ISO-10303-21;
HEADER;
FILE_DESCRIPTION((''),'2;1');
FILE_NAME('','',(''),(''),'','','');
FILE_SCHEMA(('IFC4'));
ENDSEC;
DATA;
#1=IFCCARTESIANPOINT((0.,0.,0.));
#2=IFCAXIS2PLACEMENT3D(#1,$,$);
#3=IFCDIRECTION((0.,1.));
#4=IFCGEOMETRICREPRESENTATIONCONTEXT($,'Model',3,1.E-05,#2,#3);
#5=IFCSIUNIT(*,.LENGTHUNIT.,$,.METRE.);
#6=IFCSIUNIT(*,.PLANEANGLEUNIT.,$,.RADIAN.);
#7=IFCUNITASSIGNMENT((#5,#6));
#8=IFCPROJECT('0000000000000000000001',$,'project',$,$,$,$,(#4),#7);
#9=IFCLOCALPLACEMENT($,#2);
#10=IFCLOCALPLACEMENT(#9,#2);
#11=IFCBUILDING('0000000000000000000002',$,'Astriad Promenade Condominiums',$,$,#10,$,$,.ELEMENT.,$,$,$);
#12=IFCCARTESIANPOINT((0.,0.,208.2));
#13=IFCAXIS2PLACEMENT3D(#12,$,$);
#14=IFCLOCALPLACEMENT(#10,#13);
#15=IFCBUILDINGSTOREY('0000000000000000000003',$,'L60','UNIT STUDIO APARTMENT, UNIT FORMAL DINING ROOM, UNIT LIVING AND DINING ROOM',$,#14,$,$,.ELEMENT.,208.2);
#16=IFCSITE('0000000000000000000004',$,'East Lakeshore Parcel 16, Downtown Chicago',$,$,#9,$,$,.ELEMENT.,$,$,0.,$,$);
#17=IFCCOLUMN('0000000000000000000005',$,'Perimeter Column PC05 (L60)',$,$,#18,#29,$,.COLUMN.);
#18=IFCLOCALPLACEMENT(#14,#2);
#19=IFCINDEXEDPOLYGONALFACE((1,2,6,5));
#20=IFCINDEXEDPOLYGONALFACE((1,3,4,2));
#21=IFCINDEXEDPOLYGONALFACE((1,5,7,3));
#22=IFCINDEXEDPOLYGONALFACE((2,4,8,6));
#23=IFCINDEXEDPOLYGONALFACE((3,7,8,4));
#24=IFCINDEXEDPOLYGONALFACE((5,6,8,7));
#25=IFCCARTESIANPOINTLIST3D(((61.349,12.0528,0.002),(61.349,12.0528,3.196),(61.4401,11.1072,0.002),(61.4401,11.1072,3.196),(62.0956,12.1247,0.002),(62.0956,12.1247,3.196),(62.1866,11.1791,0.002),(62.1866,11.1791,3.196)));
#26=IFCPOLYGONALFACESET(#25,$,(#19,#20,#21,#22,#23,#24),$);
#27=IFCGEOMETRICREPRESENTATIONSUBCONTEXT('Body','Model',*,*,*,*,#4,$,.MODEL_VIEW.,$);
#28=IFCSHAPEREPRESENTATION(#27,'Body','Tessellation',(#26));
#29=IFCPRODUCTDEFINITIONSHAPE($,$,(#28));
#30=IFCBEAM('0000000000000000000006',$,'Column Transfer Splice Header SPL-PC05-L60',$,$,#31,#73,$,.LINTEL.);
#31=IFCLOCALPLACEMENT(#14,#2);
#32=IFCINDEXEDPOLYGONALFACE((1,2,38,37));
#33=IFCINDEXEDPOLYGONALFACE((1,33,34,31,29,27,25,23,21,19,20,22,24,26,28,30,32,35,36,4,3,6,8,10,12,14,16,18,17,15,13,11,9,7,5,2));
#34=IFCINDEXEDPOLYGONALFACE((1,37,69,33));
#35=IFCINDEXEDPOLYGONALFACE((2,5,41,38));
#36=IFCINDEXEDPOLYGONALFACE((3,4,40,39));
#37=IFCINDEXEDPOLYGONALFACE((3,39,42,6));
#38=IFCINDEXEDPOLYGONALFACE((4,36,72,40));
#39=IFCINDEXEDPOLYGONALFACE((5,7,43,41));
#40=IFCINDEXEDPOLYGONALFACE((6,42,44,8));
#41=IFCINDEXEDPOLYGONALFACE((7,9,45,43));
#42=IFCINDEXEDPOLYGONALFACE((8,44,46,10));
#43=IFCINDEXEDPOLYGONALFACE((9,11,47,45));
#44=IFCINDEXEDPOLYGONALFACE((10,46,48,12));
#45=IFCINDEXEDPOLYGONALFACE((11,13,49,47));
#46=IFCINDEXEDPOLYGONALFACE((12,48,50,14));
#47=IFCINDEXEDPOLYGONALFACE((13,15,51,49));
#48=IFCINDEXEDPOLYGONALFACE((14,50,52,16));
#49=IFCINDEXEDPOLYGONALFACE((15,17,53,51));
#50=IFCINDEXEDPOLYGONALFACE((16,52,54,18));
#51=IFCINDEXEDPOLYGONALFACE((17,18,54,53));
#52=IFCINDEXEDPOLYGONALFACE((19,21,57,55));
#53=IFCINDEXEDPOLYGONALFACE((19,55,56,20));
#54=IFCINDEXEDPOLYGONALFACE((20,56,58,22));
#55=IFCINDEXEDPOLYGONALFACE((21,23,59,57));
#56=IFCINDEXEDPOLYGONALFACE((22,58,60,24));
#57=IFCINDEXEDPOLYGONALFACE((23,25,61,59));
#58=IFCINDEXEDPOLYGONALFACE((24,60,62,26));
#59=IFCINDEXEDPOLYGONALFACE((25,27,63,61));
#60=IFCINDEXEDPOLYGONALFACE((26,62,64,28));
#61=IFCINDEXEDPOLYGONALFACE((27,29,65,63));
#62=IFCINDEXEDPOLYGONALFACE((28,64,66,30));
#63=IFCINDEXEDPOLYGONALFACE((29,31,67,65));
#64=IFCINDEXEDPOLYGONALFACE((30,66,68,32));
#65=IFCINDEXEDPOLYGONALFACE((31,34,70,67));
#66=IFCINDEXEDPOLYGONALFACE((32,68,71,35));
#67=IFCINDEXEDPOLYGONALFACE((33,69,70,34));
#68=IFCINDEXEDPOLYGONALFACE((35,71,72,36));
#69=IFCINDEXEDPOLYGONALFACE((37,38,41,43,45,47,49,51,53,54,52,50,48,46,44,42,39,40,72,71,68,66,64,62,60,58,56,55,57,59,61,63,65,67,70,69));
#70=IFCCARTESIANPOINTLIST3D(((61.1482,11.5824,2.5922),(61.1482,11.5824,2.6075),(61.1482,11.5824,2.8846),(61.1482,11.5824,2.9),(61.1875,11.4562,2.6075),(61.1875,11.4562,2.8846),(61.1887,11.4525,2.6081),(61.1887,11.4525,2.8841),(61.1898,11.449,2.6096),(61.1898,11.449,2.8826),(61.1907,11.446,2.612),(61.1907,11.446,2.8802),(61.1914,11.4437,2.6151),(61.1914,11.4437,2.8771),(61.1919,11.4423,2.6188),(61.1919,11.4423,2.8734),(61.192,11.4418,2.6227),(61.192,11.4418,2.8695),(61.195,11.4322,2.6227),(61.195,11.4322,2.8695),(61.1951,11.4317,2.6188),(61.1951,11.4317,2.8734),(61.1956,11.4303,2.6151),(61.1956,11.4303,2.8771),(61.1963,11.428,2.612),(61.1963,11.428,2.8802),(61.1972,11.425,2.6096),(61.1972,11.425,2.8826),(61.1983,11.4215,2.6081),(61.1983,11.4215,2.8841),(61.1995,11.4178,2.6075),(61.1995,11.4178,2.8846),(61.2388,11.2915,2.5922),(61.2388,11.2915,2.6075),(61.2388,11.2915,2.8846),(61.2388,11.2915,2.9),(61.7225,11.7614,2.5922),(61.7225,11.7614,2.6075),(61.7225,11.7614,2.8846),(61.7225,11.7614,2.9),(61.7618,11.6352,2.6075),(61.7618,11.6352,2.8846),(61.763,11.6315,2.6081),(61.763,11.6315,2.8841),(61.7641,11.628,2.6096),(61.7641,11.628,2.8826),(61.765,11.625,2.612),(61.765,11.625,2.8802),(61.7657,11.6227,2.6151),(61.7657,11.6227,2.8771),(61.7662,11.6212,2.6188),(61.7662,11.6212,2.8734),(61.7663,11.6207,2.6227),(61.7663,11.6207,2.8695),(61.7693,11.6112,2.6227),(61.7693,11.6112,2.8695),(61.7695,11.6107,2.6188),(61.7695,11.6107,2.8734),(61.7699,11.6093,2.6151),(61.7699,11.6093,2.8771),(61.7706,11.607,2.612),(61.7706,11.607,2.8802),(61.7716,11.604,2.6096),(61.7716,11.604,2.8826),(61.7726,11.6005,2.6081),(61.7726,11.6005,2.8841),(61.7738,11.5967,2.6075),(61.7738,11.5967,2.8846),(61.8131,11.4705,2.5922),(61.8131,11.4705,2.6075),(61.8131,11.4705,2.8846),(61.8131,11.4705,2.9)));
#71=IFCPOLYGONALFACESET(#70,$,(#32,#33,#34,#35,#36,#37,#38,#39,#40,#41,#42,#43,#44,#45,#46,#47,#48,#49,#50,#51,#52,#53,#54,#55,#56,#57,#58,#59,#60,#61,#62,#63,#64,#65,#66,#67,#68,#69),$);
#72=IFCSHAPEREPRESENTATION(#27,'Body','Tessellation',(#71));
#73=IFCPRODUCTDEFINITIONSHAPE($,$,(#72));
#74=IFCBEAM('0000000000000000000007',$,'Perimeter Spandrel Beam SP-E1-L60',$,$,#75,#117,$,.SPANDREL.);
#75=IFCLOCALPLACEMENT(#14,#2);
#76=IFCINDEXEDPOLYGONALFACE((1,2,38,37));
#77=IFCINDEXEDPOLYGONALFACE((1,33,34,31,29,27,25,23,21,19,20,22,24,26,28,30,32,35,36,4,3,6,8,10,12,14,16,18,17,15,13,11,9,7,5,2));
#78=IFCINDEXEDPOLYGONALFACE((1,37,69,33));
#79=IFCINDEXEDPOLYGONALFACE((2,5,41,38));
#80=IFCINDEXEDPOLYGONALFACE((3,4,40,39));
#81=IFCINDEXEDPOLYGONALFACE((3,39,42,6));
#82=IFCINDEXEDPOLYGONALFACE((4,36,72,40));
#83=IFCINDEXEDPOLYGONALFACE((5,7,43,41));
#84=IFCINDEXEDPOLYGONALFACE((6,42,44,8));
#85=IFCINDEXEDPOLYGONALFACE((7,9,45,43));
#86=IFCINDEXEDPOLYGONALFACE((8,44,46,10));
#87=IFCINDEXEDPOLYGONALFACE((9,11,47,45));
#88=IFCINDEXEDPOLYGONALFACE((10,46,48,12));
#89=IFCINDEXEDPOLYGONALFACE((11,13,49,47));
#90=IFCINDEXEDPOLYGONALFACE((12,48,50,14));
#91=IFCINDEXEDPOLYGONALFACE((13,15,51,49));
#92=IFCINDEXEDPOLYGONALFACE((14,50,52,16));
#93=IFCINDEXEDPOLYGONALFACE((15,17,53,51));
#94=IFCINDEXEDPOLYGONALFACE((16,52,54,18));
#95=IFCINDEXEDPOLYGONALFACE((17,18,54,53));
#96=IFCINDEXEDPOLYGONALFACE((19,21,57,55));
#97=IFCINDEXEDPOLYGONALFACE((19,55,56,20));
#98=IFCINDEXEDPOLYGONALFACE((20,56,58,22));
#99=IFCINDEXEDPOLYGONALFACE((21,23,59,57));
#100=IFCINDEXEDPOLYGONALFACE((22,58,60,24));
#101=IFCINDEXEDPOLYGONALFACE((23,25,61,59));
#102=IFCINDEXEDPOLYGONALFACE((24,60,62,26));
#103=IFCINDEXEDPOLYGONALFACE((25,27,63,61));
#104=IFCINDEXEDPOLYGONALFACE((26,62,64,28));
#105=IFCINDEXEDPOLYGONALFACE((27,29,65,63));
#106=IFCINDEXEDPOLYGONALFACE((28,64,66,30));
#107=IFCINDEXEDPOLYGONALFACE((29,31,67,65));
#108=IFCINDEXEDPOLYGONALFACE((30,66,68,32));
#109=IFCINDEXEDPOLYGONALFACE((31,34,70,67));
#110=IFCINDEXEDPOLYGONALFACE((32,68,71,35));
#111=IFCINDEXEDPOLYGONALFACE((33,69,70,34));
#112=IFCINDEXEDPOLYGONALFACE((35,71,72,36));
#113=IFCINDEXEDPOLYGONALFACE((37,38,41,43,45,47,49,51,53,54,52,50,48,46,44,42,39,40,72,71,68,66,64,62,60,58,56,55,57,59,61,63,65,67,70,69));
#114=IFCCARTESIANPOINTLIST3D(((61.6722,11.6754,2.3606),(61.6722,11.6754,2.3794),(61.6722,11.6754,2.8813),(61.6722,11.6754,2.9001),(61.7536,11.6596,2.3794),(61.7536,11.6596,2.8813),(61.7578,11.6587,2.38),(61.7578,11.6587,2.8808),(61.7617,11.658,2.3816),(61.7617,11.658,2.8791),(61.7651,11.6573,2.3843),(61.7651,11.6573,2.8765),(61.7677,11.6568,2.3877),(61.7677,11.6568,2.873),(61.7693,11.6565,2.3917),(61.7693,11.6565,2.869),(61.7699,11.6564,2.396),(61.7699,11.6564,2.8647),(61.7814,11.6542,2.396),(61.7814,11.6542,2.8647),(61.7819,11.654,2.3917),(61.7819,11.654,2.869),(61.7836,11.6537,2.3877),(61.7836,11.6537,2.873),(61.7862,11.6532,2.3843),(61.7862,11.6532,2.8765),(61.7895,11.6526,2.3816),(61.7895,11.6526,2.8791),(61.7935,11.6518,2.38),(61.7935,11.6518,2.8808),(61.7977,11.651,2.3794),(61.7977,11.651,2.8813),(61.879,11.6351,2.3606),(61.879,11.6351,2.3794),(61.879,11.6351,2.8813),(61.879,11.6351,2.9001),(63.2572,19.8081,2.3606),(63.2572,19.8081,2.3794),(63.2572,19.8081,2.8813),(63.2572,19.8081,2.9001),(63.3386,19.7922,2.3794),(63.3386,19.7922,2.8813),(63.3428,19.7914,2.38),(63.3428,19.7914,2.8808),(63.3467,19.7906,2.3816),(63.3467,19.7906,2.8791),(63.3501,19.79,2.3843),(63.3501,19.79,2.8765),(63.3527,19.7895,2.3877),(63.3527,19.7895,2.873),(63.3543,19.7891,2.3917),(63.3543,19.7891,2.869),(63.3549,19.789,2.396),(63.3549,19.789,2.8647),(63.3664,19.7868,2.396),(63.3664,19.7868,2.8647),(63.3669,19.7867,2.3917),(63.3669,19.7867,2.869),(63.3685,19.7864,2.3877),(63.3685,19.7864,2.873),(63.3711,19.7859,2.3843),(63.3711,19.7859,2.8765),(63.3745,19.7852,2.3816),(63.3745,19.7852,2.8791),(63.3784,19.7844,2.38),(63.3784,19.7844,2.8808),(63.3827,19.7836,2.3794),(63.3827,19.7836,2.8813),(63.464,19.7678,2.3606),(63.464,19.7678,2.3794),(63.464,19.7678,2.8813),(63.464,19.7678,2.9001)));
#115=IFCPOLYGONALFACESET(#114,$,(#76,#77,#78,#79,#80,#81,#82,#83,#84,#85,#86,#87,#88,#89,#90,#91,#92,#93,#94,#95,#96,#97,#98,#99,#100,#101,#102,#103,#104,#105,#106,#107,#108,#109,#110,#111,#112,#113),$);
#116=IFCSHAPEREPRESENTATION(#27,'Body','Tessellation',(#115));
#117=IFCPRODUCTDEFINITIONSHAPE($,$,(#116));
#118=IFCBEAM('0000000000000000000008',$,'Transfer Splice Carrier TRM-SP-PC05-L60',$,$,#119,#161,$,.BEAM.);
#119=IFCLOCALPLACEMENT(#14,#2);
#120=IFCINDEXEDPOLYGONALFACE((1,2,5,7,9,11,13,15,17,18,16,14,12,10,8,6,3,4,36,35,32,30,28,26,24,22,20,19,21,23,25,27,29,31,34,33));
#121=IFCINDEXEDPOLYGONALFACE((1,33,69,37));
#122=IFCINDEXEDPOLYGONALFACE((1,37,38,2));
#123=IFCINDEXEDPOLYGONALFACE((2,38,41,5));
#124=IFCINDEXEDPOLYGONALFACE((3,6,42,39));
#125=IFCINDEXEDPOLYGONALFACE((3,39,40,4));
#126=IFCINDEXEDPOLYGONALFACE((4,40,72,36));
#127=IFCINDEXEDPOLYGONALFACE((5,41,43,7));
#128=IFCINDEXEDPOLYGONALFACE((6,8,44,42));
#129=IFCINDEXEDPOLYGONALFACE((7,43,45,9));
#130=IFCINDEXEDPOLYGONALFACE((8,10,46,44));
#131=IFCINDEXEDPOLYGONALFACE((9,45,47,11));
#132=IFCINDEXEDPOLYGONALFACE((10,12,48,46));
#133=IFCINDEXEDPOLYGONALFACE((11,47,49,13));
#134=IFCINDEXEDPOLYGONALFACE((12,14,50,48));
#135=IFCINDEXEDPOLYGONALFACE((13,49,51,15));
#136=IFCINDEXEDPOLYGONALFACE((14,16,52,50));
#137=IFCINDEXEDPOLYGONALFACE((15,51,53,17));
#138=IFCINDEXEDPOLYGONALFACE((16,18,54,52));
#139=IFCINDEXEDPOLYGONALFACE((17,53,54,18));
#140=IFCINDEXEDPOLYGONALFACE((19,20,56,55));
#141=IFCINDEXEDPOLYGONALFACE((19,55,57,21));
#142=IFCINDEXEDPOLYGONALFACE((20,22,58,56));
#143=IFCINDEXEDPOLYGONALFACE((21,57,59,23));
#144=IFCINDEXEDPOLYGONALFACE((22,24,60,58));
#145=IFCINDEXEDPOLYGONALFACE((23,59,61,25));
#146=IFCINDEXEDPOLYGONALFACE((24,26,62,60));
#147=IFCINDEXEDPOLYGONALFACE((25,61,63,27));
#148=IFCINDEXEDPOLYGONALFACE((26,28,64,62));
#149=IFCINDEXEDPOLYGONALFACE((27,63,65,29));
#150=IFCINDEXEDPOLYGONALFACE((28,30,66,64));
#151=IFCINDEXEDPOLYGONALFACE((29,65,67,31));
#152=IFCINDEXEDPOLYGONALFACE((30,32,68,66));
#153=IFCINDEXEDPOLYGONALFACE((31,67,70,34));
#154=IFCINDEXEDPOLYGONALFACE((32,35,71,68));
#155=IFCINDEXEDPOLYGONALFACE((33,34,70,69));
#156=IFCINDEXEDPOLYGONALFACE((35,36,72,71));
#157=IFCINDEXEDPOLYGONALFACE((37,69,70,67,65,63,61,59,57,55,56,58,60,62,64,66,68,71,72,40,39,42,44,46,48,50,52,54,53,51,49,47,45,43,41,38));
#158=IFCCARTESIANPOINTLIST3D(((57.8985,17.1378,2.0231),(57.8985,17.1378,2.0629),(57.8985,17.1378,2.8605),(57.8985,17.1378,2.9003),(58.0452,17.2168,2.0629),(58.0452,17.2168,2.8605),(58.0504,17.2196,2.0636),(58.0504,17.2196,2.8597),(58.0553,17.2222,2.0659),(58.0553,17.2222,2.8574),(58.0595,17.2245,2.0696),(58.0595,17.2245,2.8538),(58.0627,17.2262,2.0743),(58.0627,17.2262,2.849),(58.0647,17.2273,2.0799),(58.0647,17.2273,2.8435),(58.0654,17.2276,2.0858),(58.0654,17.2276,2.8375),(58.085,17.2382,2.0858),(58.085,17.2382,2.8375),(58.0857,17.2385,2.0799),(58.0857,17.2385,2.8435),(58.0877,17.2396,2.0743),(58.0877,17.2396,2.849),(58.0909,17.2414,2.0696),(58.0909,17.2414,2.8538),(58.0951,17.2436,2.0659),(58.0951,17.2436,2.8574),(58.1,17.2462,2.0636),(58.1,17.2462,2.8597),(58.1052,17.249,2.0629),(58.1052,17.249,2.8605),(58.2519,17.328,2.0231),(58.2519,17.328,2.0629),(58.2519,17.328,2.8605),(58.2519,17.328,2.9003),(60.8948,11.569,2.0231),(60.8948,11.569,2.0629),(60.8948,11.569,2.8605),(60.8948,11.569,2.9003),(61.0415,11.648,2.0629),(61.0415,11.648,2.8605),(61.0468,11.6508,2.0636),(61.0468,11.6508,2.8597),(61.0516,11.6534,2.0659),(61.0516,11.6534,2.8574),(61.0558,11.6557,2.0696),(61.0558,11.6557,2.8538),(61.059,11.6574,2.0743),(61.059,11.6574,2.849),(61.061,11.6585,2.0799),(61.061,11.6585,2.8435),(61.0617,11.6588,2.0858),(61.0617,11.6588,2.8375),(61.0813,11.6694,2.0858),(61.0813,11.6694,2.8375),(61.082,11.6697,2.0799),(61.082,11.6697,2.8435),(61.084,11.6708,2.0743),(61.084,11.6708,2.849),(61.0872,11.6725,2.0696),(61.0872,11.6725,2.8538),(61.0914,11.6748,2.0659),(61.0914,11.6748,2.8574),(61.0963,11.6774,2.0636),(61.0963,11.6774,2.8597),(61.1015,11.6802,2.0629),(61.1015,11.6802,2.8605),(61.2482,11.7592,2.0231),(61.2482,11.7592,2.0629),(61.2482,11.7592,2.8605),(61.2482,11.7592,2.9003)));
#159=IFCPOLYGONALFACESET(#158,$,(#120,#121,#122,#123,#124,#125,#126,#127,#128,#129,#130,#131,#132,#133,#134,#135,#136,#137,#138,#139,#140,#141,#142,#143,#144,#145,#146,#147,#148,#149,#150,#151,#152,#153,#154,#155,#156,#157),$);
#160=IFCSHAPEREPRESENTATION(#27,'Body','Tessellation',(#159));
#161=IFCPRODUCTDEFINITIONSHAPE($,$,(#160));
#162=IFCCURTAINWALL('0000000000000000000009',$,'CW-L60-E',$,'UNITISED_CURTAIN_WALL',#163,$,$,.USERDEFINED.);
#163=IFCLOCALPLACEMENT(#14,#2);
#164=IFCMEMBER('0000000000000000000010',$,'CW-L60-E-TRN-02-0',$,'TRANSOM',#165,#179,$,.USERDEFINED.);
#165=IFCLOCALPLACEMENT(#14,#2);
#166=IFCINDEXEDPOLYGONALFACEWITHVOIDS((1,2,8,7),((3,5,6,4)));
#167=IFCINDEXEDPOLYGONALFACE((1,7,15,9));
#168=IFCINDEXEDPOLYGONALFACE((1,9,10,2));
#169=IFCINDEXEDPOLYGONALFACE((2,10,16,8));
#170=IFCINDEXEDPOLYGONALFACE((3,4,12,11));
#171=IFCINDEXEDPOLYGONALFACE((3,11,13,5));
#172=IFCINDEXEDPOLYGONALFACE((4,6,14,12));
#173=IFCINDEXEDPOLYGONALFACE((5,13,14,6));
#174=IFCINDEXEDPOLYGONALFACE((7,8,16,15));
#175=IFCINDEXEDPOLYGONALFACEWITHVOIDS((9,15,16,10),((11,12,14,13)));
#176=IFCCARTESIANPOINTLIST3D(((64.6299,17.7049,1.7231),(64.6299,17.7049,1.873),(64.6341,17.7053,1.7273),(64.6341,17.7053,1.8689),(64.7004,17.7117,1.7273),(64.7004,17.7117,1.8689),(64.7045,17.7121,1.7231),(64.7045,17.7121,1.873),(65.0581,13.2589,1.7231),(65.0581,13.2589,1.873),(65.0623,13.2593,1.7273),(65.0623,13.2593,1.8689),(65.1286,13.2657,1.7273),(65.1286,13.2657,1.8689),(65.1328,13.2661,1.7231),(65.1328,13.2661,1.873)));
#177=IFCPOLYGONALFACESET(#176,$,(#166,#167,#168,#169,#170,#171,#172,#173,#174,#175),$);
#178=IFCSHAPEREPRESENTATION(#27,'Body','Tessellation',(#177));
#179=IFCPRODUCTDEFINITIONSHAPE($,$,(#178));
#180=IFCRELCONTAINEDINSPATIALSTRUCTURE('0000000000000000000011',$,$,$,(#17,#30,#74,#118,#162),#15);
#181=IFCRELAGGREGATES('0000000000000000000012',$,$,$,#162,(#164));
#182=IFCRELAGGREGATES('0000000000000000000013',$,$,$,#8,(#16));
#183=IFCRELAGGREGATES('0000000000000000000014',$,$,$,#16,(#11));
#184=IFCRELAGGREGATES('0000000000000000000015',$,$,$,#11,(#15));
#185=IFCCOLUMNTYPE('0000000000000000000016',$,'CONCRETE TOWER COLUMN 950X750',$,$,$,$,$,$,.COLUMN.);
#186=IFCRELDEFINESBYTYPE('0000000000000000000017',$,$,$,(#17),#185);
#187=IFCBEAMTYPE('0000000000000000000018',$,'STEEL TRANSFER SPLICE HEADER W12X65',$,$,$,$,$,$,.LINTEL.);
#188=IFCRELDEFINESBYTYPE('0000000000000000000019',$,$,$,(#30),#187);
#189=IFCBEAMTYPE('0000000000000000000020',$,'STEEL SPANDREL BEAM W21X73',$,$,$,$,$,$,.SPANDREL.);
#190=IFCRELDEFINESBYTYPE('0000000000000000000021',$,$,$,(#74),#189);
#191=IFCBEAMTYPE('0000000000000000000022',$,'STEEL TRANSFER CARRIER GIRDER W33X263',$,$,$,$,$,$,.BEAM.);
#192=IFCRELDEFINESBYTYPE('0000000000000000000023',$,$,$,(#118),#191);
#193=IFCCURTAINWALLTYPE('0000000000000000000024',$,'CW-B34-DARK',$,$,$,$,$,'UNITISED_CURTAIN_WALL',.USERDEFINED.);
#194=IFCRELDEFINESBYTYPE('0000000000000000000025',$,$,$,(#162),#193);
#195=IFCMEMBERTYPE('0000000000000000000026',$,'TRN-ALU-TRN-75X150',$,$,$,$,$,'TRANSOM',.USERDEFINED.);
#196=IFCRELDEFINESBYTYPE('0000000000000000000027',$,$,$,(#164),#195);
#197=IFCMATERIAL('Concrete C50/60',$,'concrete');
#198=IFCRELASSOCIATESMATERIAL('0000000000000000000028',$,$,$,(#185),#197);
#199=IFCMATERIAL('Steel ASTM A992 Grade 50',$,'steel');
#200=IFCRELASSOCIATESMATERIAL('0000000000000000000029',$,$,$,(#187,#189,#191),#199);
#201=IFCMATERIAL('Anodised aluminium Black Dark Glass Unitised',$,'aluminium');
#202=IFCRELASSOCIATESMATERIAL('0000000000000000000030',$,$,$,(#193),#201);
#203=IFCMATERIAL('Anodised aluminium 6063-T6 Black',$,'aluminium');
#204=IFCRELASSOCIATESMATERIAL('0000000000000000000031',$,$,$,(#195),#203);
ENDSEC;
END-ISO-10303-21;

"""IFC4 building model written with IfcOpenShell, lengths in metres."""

from ifc_helpers import new_model, si_unit, direction, frame, origin, origin_2d, place, context, subcontext, project, spatial, rectangle, hollow_rectangle, i_section, extrude, source, transform, mapped, material, material_profile, profile_set, type_object, type_shapes, element, aggregate, save


model = new_model("IFC4")

# Units and contexts
model_context = context("Model", 3, precision=1e-05, world=origin(), true_north=direction((0.0, 1.0)))
body_context = subcontext(model_context, "Body", "Model", "MODEL_VIEW")
ifc_project = project(units=[si_unit("LENGTHUNIT", "METRE"), si_unit("PLANEANGLEUNIT", "RADIAN")], contexts=[model_context])

# Site, building, storey
site_placement = place(None, origin())
site = spatial("IfcSite", under=ifc_project, at=site_placement, Name="East Lakeshore Parcel 16, Downtown Chicago", CompositionType="ELEMENT", RefElevation=0.0)
building_placement = place(site_placement, origin())
building = spatial("IfcBuilding", under=site, at=building_placement, Name="Astriad Promenade Condominiums", CompositionType="ELEMENT")
storey_placement = place(building_placement, frame((0.0, 0.0, 208.2)))
storey = spatial("IfcBuildingStorey", under=building, at=storey_placement, Name="L60", Description="UNIT STUDIO APARTMENT, UNIT FORMAL DINING ROOM, UNIT LIVING AND DINING ROOM", CompositionType="ELEMENT", Elevation=208.2)

# Column
ifc_material_1 = material(Name="Concrete C50/60", Category="concrete")
ifc_material_profile_1 = material_profile(ifc_material_1, rectangle(XDim=0.75, YDim=0.95, at=origin_2d()), Name="RC-COL-950X750")
ifc_profile_set_1 = profile_set([ifc_material_profile_1], Name="Concrete C50/60")
column_type = type_object("IfcColumnType", Name="CONCRETE TOWER COLUMN 950X750", PredefinedType="COLUMN", material=ifc_profile_set_1)
shared_shape_1 = source(origin(), body_context, "Body", "SweptSolid", [
    extrude(rectangle(XDim=0.75, YDim=0.95, at=origin_2d()), origin(), (0.0, 0.0, 1.0), 3.1941),
])
type_shapes(column_type, [shared_shape_1])
column_placement = place(storey_placement, frame((61.7678, 11.616, 0.002), z_axis=(0.0, 0.0, 1.0), x_axis=(0.995396, 0.095846, 0.0)))
element("IfcColumn", 1, at=column_placement, inside=storey, type_object=column_type, Name="Perimeter Column PC05 (L60)", PredefinedType="COLUMN", context=body_context, shape_type="MappedRepresentation", body=[
    mapped(shared_shape_1, transform((0.0, 0.0, 0.0), scale=1.0)),
])

# Beams
ifc_material_2 = material(Name="Steel ASTM A992 Grade 50", Category="steel")
ifc_material_profile_2 = material_profile(ifc_material_2, i_section(OverallWidth=0.3047, OverallDepth=0.3079, WebThickness=0.01, FlangeThickness=0.0154, FilletRadius=0.0151, at=origin_2d()), Name="W12X65")
ifc_profile_set_2 = profile_set([ifc_material_profile_2], Name="Steel ASTM A992 Grade 50")
beam_type_1 = type_object("IfcBeamType", Name="STEEL TRANSFER SPLICE HEADER W12X65", PredefinedType="LINTEL", material=ifc_profile_set_2)
shared_shape_2 = source(origin(), body_context, "Body", "SweptSolid", [
    extrude(i_section(OverallWidth=0.3047, OverallDepth=0.3079, WebThickness=0.01, FlangeThickness=0.0154, FilletRadius=0.0151, at=origin_2d()), origin(), (0.0, 0.0, 1.0), 0.6016),
])
type_shapes(beam_type_1, [shared_shape_2])
beam_1_placement = place(storey_placement, frame((61.7678, 11.616, 2.7461), z_axis=(-0.954711, -0.297535, 0.0), x_axis=(0.297535, -0.954711, 0.0)))
element("IfcBeam", 2, at=beam_1_placement, inside=storey, type_object=beam_type_1, Name="Column Transfer Splice Header SPL-PC05-L60", PredefinedType="LINTEL", context=body_context, shape_type="MappedRepresentation", body=[
    mapped(shared_shape_2, transform((0.0, 0.0, 0.0), scale=1.0)),
])
ifc_material_profile_3 = material_profile(ifc_material_2, i_section(OverallWidth=0.2107, OverallDepth=0.5396, WebThickness=0.0117, FlangeThickness=0.0188, FilletRadius=0.0166, at=origin_2d()), Name="W21X73")
ifc_profile_set_3 = profile_set([ifc_material_profile_3], Name="Steel ASTM A992 Grade 50")
beam_type_2 = type_object("IfcBeamType", Name="STEEL SPANDREL BEAM W21X73", PredefinedType="SPANDREL", material=ifc_profile_set_3)
shared_shape_3 = source(origin(), body_context, "Body", "SweptSolid", [
    extrude(i_section(OverallWidth=0.2107, OverallDepth=0.5396, WebThickness=0.0117, FlangeThickness=0.0188, FilletRadius=0.0166, at=origin_2d()), origin(), (0.0, 0.0, 1.0), 8.2856),
])
type_shapes(beam_type_2, [shared_shape_3])
beam_2_placement = place(storey_placement, frame((61.7756, 11.6553, 2.6304), z_axis=(0.191292, 0.981533, 0.0), x_axis=(-0.981533, 0.191292, 0.0)))
element("IfcBeam", 3, at=beam_2_placement, inside=storey, type_object=beam_type_2, Name="Perimeter Spandrel Beam SP-E1-L60", PredefinedType="SPANDREL", context=body_context, shape_type="MappedRepresentation", body=[
    mapped(shared_shape_3, transform((0.0, 0.0, 0.0), scale=1.0)),
])
ifc_material_profile_4 = material_profile(ifc_material_2, i_section(OverallWidth=0.4014, OverallDepth=0.8772, WebThickness=0.0222, FlangeThickness=0.0398, FilletRadius=0.0229, at=origin_2d()), Name="W33X263")
ifc_profile_set_4 = profile_set([ifc_material_profile_4], Name="Steel ASTM A992 Grade 50")
beam_type_3 = type_object("IfcBeamType", Name="STEEL TRANSFER CARRIER GIRDER W33X263", PredefinedType="BEAM", material=ifc_profile_set_4)
shared_shape_4 = source(origin(), body_context, "Body", "SweptSolid", [
    extrude(i_section(OverallWidth=0.4014, OverallDepth=0.8772, WebThickness=0.0222, FlangeThickness=0.0398, FilletRadius=0.0229, at=origin_2d()), origin(), (0.0, 0.0, 1.0), 6.3237),
])
type_shapes(beam_type_3, [shared_shape_4])
beam_3_placement = place(storey_placement, frame((58.0752, 17.2329, 2.4617), z_axis=(0.473821, -0.880621, 0.0), x_axis=(0.880621, 0.473821, 0.0)))
element("IfcBeam", 4, at=beam_3_placement, inside=storey, type_object=beam_type_3, Name="Transfer Splice Carrier TRM-SP-PC05-L60", PredefinedType="BEAM", context=body_context, shape_type="MappedRepresentation", body=[
    mapped(shared_shape_4, transform((0.0, 0.0, 0.0), scale=1.0)),
])

# Curtain wall, member
ifc_material_3 = material(Name="Anodised aluminium Black Dark Glass Unitised", Category="aluminium")
curtain_wall_type = type_object("IfcCurtainWallType", Name="CW-B34-DARK", ElementType="UNITISED_CURTAIN_WALL", PredefinedType="USERDEFINED", material=ifc_material_3)
curtain_wall_placement = place(storey_placement, origin())
curtain_wall = element("IfcCurtainWall", 5, at=curtain_wall_placement, inside=storey, type_object=curtain_wall_type, Name="CW-L60-E", ObjectType="UNITISED_CURTAIN_WALL", PredefinedType="USERDEFINED")
ifc_material_4 = material(Name="Anodised aluminium 6063-T6 Black", Category="aluminium")
ifc_material_profile_5 = material_profile(ifc_material_4, hollow_rectangle(XDim=0.075, YDim=0.1499, WallThickness=0.0042, at=origin_2d()), Name="ALU-TRN-75X150")
ifc_profile_set_5 = profile_set([ifc_material_profile_5], Name="Anodised aluminium 6063-T6 Black")
member_type_1 = type_object("IfcMemberType", Name="TRN-ALU-TRN-75X150", ElementType="TRANSOM", PredefinedType="USERDEFINED", material=ifc_profile_set_5)
shared_shape_5 = source(origin(), body_context, "Body", "SweptSolid", [
    extrude(hollow_rectangle(XDim=0.075, YDim=0.1499, WallThickness=0.0042, at=origin_2d()), origin(), (0.0, 0.0, 1.0), 4.4666),
])
type_shapes(member_type_1, [shared_shape_5])
member_1_placement = place(storey_placement, frame((64.6672, 17.7085, 1.7981), z_axis=(0.095872, -0.995394, 0.0), x_axis=(0.995394, 0.095872, 0.0)))
member_1 = element("IfcMember", 6, at=member_1_placement, type_object=member_type_1, Name="CW-L60-E-TRN-02-0", ObjectType="TRANSOM", PredefinedType="USERDEFINED", context=body_context, shape_type="MappedRepresentation", body=[
    mapped(shared_shape_5, transform((0.0, 0.0, 0.0), scale=1.0)),
])
aggregate(curtain_wall, [member_1])

save(model, "model.ifc")
